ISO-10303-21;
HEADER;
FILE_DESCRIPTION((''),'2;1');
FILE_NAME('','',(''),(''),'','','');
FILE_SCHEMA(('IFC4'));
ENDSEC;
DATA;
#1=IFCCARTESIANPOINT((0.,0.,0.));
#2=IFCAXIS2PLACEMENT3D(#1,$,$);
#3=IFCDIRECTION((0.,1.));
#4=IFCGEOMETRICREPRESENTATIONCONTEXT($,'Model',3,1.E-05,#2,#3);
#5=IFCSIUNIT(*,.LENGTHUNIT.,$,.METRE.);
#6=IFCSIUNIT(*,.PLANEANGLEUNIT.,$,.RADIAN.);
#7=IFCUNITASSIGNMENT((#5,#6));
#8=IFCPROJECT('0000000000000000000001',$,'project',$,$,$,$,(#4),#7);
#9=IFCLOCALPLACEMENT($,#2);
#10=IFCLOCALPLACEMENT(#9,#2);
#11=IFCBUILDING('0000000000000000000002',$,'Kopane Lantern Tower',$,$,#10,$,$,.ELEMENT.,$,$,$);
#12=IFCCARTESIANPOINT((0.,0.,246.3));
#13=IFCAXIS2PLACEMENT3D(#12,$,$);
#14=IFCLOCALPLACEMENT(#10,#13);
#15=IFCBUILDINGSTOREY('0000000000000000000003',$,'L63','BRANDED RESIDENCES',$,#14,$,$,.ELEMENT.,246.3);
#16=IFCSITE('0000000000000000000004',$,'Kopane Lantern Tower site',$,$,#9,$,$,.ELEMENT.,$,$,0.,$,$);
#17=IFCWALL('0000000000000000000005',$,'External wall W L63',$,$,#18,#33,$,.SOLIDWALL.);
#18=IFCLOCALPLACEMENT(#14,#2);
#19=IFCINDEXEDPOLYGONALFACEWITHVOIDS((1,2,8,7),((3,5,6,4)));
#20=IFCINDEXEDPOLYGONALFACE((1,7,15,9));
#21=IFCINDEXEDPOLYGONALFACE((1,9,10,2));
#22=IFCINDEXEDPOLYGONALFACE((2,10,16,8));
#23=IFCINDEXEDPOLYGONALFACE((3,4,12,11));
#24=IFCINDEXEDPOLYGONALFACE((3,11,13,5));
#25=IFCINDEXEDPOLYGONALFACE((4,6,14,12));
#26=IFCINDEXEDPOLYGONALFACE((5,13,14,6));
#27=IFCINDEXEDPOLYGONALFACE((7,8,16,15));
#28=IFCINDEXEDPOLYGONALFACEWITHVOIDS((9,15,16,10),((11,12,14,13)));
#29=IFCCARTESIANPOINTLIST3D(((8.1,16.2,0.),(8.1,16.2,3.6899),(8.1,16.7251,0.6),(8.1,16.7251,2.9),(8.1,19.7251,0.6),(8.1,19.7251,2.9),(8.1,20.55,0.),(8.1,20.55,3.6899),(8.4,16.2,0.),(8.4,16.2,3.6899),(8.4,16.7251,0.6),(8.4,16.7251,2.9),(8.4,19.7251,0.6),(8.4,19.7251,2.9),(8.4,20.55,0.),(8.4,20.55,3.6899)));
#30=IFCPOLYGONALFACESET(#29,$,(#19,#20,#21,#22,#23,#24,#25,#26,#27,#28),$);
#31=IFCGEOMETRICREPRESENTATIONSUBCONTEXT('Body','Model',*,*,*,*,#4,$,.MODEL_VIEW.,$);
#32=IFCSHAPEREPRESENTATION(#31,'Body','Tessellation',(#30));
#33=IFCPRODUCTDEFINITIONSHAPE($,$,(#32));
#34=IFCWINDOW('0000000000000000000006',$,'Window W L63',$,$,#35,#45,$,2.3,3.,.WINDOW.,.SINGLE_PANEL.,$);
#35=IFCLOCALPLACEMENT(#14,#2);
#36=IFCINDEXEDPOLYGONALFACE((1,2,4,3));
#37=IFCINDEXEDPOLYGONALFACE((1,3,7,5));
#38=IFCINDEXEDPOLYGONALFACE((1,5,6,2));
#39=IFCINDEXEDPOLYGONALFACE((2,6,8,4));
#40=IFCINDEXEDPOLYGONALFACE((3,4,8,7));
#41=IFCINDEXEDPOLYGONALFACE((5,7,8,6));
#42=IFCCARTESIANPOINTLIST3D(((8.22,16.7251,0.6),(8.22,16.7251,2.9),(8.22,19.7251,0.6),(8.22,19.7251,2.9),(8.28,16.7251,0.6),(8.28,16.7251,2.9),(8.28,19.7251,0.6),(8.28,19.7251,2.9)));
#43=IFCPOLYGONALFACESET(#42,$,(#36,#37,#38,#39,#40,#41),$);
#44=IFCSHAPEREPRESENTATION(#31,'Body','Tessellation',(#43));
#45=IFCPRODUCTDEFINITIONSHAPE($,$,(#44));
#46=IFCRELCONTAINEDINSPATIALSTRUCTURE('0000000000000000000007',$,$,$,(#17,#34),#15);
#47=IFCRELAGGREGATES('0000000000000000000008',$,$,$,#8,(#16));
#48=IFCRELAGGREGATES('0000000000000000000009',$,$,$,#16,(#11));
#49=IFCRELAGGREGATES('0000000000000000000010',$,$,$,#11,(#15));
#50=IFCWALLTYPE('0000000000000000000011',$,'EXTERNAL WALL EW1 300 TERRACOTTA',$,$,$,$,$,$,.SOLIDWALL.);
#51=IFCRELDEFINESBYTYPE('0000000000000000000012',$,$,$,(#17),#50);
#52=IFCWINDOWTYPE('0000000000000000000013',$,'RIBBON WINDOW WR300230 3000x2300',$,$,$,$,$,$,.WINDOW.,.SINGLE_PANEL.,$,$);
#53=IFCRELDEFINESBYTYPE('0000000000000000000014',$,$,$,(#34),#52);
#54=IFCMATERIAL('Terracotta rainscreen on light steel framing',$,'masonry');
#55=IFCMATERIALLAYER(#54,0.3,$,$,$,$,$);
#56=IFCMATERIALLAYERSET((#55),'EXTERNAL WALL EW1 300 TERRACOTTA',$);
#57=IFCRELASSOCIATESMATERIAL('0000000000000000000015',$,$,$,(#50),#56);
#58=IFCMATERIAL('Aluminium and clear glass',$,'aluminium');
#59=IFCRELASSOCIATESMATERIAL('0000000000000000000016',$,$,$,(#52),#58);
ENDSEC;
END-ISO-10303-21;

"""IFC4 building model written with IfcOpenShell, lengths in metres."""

from ifc_helpers import new_model, si_unit, direction, frame, frame_2d, origin, place, context, subcontext, project, spatial, rectangle, extrude, material, layer, layer_set, type_object, element, fill, save


model = new_model("IFC4")

# Units and contexts
model_context = context("Model", 3, precision=1e-05, world=origin(), true_north=direction((0.0, 1.0)))
body_context = subcontext(model_context, "Body", "Model", "MODEL_VIEW")
ifc_project = project(units=[si_unit("LENGTHUNIT", "METRE"), si_unit("PLANEANGLEUNIT", "RADIAN")], contexts=[model_context])

# Site, building, storey
site_placement = place(None, origin())
site = spatial("IfcSite", under=ifc_project, at=site_placement, Name="Kopane Lantern Tower site", CompositionType="ELEMENT", RefElevation=0.0)
building_placement = place(site_placement, origin())
building = spatial("IfcBuilding", under=site, at=building_placement, Name="Kopane Lantern Tower", CompositionType="ELEMENT")
storey_placement = place(building_placement, frame((0.0, 0.0, 246.3)))
storey = spatial("IfcBuildingStorey", under=building, at=storey_placement, Name="L63", Description="BRANDED RESIDENCES", CompositionType="ELEMENT", Elevation=246.3)

# Shared definitions
ifc_material_1 = material(Name="Terracotta rainscreen on light steel framing", Category="masonry")
ifc_layer_1 = layer(ifc_material_1, 0.3)
ifc_layer_set_1 = layer_set([ifc_layer_1], Name="EXTERNAL WALL EW1 300 TERRACOTTA")
wall_type_1 = type_object("IfcWallType", Name="EXTERNAL WALL EW1 300 TERRACOTTA", PredefinedType="SOLIDWALL", material=ifc_layer_set_1)

# Wall, opening, window
wall_1_placement = place(storey_placement, frame((8.25, 20.55, 0.0), z_axis=(0.0, 0.0, 1.0), x_axis=(0.0, -1.0, 0.0)))
wall_1 = element("IfcWall", 1, at=wall_1_placement, inside=storey, type_object=wall_type_1, Name="External wall W L63", PredefinedType="SOLIDWALL", context=body_context, shape_type="SweptSolid", body=[
    extrude(rectangle(XDim=4.3501, YDim=0.3, at=frame_2d((2.175, 0.0))), origin(), (0.0, 0.0, 1.0), 3.6899),
])
opening_1_placement = place(wall_1_placement, frame((0.825, 0.0, 0.6001)))
opening_1 = element("IfcOpeningElement", 2, at=opening_1_placement, cuts=wall_1, PredefinedType="OPENING", context=body_context, shape_type="SweptSolid", body=[
    extrude(rectangle(XDim=3.0, YDim=2.3, at=frame_2d((1.5, 1.1499))), frame((0.0, 0.1599, 0.0), z_axis=(0.0, -1.0, 0.0), x_axis=(1.0, 0.0, 0.0)), (0.0, 0.0, 1.0), 0.3201),
])
ifc_material_2 = material(Name="Aluminium and clear glass", Category="aluminium")
window_type_1 = type_object("IfcWindowType", Name="RIBBON WINDOW WR300230 3000x2300", PartitioningType="SINGLE_PANEL", PredefinedType="WINDOW", material=ifc_material_2)
window_1_placement = place(opening_1_placement, origin())
window_1 = element("IfcWindow", 3, at=window_1_placement, inside=storey, type_object=window_type_1, Name="Window W L63", OverallHeight=2.3, OverallWidth=3.0, PartitioningType="SINGLE_PANEL", PredefinedType="WINDOW", context=body_context, shape_type="SweptSolid", body=[
    extrude(rectangle(XDim=3.0, YDim=2.3, at=frame_2d((1.5, 1.1499))), frame((0.0, 0.03, 0.0), z_axis=(0.0, -1.0, 0.0), x_axis=(1.0, 0.0, 0.0)), (0.0, 0.0, 1.0), 0.0601),
])
fill(opening_1, window_1)

save(model, "model.ifc")
